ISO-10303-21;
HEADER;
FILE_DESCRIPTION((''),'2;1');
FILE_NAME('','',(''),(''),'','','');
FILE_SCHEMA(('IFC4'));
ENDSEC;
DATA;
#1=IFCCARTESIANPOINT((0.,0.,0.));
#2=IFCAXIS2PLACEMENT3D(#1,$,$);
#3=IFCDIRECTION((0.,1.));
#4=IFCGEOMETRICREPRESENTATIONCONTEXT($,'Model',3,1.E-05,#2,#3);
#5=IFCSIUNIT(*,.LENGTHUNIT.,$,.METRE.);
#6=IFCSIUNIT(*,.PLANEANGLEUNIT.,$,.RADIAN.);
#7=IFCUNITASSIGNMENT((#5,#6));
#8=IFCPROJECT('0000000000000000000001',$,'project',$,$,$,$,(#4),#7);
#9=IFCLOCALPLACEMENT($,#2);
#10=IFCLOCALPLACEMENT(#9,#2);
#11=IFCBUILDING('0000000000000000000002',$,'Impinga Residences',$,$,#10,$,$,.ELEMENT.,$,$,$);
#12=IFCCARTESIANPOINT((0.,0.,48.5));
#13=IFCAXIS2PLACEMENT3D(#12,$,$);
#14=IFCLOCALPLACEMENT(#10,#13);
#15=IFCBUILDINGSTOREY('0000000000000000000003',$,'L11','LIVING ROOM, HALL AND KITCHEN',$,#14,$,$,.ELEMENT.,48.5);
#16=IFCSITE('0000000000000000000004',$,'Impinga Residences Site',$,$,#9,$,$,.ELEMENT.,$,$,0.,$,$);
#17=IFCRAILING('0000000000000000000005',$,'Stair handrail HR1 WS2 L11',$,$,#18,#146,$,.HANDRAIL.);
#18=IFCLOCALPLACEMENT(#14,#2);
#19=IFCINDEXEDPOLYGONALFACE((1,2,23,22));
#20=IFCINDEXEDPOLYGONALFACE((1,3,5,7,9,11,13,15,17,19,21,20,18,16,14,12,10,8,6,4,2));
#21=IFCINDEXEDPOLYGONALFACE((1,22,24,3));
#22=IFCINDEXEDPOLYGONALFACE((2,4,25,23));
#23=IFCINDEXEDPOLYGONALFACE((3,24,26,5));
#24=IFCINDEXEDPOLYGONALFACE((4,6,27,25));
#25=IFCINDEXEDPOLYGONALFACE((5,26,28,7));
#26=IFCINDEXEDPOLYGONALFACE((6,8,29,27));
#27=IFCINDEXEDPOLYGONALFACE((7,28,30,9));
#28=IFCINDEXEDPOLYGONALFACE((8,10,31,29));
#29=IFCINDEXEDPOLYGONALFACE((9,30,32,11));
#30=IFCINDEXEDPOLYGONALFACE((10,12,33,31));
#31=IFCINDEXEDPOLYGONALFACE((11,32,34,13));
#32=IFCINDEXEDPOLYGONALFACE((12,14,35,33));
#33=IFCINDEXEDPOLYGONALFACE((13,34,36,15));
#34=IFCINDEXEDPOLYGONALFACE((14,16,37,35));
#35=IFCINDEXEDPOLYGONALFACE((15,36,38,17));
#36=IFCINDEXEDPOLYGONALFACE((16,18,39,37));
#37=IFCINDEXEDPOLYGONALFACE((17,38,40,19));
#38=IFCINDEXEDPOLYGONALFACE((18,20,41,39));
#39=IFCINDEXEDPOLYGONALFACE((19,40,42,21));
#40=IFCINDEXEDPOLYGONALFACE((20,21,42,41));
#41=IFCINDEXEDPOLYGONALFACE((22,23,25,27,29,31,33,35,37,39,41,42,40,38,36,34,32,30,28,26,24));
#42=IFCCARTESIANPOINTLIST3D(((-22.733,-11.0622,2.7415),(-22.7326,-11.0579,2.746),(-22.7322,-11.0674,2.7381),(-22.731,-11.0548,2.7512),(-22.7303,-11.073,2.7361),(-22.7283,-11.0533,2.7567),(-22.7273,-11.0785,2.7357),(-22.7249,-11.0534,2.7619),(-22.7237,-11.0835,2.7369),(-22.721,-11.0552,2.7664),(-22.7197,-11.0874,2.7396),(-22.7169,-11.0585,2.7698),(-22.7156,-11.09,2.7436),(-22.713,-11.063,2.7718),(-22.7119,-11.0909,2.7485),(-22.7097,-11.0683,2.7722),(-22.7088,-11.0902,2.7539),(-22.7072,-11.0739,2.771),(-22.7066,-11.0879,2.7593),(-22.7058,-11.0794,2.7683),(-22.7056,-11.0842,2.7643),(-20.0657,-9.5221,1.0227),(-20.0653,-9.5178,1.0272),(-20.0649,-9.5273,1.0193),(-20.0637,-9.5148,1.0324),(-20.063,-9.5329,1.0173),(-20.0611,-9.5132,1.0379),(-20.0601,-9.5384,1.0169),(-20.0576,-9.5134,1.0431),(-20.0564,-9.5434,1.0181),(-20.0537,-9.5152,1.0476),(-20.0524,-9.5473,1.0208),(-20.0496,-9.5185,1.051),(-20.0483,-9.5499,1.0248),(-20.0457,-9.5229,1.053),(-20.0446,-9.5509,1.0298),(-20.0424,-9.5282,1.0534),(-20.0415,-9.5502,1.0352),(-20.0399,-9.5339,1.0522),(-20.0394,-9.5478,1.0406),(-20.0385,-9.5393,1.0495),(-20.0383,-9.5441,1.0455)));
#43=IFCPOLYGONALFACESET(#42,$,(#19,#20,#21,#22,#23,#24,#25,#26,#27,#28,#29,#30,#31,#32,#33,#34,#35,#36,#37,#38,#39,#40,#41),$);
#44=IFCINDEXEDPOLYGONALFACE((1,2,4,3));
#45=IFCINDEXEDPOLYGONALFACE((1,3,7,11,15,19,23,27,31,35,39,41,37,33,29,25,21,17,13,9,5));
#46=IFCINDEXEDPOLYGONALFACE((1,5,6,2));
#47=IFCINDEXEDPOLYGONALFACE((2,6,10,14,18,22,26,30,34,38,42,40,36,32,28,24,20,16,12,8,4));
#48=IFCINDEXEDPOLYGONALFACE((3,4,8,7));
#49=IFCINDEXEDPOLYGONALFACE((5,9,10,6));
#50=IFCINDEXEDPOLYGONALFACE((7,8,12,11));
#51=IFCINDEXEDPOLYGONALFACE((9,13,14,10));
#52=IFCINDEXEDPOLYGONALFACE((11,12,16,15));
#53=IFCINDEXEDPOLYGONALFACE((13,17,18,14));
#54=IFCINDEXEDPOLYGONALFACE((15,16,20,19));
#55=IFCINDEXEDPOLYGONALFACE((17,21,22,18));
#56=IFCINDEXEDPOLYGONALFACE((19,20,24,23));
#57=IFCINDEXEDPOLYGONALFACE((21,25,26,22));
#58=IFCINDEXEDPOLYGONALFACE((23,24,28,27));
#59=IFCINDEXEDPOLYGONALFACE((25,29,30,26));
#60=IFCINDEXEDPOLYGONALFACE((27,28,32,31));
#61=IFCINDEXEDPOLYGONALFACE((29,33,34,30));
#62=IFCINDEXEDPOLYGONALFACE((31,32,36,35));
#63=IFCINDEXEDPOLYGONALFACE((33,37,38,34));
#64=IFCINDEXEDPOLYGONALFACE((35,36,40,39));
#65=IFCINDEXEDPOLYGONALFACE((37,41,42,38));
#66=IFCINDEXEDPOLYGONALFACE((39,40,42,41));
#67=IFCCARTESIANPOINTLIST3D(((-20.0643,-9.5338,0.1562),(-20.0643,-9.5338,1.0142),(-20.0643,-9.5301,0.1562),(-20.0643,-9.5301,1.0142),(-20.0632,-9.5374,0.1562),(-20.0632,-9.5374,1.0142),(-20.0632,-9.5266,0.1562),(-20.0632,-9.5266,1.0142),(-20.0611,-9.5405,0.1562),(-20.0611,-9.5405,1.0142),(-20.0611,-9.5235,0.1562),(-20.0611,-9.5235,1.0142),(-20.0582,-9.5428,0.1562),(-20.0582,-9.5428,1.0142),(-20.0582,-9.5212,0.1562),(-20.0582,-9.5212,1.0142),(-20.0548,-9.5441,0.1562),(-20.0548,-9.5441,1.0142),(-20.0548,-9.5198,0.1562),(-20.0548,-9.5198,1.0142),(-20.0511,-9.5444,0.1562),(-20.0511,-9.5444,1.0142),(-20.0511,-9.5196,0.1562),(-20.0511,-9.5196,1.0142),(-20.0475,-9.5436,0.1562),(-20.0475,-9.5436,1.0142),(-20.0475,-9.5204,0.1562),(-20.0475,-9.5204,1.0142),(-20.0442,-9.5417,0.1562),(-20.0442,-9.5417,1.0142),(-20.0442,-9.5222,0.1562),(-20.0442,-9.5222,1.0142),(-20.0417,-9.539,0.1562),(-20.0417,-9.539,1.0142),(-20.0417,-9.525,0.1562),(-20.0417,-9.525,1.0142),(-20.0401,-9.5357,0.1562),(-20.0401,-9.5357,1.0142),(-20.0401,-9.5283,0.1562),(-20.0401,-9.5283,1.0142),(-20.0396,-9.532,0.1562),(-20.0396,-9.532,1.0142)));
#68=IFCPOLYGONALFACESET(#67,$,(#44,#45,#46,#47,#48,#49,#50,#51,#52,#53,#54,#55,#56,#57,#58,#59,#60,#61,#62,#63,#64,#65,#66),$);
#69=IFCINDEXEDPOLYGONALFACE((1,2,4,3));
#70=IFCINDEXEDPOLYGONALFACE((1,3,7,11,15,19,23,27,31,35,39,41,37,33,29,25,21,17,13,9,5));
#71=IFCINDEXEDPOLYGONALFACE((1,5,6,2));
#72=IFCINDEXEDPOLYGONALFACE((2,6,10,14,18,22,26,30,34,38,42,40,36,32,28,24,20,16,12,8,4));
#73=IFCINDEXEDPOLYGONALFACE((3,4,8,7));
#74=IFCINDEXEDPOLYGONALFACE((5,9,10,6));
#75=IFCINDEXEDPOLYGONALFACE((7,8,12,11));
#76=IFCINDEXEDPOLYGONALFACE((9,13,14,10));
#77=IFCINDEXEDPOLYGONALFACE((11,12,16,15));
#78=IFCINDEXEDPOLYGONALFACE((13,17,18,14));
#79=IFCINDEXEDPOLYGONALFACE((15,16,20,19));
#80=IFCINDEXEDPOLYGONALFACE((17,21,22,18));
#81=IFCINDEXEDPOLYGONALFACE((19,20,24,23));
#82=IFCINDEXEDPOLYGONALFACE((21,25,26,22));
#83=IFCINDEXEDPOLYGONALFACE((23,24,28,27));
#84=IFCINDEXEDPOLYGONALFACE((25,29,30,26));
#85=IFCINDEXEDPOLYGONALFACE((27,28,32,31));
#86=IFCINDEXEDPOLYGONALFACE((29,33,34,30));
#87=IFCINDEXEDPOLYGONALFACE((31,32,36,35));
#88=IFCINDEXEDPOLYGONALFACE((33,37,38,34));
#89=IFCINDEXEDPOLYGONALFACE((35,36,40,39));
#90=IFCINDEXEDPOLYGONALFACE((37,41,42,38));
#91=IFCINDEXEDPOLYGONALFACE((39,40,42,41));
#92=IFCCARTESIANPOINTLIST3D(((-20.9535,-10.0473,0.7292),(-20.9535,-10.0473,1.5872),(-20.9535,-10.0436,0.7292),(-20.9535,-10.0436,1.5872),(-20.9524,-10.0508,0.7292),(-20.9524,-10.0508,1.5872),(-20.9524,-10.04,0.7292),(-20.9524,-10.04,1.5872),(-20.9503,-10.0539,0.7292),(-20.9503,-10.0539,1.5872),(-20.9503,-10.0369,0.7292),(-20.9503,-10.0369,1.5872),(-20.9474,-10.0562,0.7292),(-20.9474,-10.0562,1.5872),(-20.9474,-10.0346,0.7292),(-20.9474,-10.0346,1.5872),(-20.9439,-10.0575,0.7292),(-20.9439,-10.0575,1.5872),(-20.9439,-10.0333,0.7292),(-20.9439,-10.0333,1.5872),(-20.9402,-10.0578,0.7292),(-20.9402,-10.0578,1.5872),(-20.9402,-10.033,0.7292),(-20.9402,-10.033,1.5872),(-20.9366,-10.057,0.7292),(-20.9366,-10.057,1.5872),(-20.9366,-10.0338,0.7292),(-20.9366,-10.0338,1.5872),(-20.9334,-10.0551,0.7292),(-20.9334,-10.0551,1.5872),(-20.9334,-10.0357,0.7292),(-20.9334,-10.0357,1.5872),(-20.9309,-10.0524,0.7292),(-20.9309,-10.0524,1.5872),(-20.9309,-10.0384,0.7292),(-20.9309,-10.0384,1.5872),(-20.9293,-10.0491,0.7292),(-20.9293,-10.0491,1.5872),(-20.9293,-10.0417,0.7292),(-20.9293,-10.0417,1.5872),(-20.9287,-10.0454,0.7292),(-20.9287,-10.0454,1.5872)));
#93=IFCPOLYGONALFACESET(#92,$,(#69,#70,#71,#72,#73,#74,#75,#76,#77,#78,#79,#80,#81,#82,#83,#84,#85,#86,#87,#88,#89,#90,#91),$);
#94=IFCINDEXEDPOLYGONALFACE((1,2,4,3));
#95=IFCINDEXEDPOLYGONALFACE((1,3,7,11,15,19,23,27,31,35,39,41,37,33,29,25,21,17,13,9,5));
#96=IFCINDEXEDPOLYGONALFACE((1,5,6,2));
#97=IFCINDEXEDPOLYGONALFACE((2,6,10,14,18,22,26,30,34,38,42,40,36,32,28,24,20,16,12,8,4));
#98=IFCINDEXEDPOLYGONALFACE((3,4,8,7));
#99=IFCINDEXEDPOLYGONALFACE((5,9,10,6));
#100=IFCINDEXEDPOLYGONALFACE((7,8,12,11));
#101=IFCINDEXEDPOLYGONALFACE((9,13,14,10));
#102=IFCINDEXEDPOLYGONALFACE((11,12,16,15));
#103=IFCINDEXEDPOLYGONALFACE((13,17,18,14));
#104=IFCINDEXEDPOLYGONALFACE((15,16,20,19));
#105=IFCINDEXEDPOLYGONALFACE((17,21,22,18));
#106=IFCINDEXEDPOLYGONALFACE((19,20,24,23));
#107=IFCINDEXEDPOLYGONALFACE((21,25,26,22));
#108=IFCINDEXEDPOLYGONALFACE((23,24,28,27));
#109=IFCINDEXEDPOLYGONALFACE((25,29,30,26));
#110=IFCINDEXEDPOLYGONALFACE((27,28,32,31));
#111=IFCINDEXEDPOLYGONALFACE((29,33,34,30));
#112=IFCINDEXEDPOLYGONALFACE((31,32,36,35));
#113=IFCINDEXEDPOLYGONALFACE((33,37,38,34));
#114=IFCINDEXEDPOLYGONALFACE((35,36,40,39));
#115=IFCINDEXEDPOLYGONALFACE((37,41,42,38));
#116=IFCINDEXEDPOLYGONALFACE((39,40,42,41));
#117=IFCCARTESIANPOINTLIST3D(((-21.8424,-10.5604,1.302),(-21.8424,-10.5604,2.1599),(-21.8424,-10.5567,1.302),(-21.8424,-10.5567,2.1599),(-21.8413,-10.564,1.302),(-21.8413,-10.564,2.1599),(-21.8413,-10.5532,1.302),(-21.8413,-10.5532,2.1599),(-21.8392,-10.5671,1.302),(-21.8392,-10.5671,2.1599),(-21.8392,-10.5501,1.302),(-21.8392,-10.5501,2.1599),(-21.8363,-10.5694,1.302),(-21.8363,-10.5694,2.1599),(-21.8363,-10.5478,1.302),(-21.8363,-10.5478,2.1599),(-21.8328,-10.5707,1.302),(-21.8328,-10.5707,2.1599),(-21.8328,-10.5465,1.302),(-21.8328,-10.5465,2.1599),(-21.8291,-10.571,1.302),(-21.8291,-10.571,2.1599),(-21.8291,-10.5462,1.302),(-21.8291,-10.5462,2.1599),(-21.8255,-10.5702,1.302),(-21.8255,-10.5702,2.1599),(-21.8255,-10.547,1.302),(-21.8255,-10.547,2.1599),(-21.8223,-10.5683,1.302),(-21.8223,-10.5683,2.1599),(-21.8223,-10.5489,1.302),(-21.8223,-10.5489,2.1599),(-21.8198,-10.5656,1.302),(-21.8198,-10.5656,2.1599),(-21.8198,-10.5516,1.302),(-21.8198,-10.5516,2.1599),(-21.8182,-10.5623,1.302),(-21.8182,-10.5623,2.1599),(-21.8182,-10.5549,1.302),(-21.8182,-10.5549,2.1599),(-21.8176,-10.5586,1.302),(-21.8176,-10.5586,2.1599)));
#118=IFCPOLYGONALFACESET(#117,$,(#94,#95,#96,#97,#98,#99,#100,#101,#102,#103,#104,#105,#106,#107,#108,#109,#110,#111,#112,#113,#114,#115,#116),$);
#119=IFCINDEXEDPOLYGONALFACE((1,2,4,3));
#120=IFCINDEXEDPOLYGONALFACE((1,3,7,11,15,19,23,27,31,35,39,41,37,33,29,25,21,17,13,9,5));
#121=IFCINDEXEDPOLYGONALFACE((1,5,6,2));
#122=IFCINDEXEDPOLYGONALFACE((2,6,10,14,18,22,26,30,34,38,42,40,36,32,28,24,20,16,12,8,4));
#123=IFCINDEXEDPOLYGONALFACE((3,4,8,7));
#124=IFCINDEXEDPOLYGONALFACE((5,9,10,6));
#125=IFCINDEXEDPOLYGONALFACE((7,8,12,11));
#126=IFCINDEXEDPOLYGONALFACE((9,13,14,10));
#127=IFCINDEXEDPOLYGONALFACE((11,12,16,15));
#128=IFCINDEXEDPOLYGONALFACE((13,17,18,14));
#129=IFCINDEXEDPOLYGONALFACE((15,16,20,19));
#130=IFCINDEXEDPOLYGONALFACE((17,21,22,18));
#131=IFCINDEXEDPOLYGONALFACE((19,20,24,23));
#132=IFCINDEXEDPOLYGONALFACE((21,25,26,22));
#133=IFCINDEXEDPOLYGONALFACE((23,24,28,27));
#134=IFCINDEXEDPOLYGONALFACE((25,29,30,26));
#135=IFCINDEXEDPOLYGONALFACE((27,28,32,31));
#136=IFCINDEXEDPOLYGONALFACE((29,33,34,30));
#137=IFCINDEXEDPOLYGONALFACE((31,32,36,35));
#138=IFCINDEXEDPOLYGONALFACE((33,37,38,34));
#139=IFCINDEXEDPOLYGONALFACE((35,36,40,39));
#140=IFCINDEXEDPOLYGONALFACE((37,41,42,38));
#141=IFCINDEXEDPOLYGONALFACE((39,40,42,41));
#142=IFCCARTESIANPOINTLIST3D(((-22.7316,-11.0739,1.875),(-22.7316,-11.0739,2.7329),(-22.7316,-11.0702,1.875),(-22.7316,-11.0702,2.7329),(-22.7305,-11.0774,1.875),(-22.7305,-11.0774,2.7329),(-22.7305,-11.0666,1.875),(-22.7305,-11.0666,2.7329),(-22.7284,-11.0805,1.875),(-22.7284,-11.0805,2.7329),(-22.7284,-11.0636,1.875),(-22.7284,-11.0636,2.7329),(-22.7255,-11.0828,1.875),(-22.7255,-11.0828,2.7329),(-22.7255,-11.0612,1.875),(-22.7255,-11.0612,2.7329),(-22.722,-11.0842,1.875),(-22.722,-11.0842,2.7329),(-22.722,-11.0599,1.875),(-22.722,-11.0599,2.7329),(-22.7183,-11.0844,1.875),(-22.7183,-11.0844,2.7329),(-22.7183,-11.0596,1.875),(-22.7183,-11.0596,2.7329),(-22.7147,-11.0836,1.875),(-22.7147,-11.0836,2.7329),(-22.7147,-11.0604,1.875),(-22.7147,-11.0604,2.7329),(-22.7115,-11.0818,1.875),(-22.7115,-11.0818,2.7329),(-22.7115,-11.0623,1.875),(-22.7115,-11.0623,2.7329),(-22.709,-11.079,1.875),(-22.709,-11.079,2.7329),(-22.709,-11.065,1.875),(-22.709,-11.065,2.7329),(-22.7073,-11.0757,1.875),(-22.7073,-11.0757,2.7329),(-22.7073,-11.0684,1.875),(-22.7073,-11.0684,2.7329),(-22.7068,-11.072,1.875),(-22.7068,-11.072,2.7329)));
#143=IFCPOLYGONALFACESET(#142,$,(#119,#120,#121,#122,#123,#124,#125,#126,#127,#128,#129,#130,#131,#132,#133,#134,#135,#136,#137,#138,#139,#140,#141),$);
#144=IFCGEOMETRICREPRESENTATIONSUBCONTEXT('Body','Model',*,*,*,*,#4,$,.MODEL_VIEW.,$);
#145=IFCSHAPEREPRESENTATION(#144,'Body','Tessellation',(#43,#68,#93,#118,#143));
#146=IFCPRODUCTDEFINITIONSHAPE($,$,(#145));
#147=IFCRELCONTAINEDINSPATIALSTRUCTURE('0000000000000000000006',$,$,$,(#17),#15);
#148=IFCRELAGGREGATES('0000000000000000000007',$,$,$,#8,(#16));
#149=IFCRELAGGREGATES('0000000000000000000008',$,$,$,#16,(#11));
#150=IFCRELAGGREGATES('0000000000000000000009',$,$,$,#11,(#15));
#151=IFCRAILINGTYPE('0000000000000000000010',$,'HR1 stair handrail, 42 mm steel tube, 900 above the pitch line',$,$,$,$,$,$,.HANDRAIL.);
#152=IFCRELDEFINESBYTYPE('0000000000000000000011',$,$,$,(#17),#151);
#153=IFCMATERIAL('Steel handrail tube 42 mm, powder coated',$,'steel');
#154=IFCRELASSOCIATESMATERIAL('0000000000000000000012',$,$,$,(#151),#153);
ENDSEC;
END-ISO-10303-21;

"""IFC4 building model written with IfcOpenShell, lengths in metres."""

from ifc_helpers import new_model, si_unit, direction, frame, origin, origin_2d, place, context, subcontext, project, spatial, circle, extrude, material, type_object, element, save


model = new_model("IFC4")

# Units and contexts
model_context = context("Model", 3, precision=1e-05, world=origin(), true_north=direction((0.0, 1.0)))
body_context = subcontext(model_context, "Body", "Model", "MODEL_VIEW")
ifc_project = project(units=[si_unit("LENGTHUNIT", "METRE"), si_unit("PLANEANGLEUNIT", "RADIAN")], contexts=[model_context])

# Site, building, storey
site_placement = place(None, origin())
site = spatial("IfcSite", under=ifc_project, at=site_placement, Name="Impinga Residences Site", CompositionType="ELEMENT", RefElevation=0.0)
building_placement = place(site_placement, origin())
building = spatial("IfcBuilding", under=site, at=building_placement, Name="Impinga Residences", CompositionType="ELEMENT")
storey_placement = place(building_placement, frame((0.0, 0.0, 48.5)))
storey = spatial("IfcBuildingStorey", under=building, at=storey_placement, Name="L11", Description="LIVING ROOM, HALL AND KITCHEN", CompositionType="ELEMENT", Elevation=48.5)

# Railing
ifc_material_1 = material(Name="Steel handrail tube 42 mm, powder coated", Category="steel")
railing_type_1 = type_object("IfcRailingType", Name="HR1 stair handrail, 42 mm steel tube, 900 above the pitch line", PredefinedType="HANDRAIL", material=ifc_material_1)
railing_1_placement = place(storey_placement, frame((-20.052, -9.532, 0.1562)))
element("IfcRailing", 1, at=railing_1_placement, inside=storey, type_object=railing_type_1, Name="Stair handrail HR1 WS2 L11", PredefinedType="HANDRAIL", context=body_context, shape_type="SweptSolid", body=[
    extrude(circle(Radius=0.021, at=origin_2d()), frame((0.0, 0.0, 0.8789), z_axis=(-0.756226, -0.436639, 0.487307), x_axis=(0.500027, -0.86601, 0.0)), (0.0, 0.0, 1.0), 3.5271),
    extrude(circle(Radius=0.0125, at=origin_2d()), origin(), (0.0, 0.0, 1.0), 0.8579),
    extrude(circle(Radius=0.0125, at=origin_2d()), frame((-0.8892, -0.5134, 0.573)), (0.0, 0.0, 1.0), 0.8579),
    extrude(circle(Radius=0.0125, at=origin_2d()), frame((-1.7781, -1.0266, 1.1458)), (0.0, 0.0, 1.0), 0.8579),
    extrude(circle(Radius=0.0125, at=origin_2d()), frame((-2.6672, -1.54, 1.7188)), (0.0, 0.0, 1.0), 0.8579),
])

save(model, "model.ifc")
